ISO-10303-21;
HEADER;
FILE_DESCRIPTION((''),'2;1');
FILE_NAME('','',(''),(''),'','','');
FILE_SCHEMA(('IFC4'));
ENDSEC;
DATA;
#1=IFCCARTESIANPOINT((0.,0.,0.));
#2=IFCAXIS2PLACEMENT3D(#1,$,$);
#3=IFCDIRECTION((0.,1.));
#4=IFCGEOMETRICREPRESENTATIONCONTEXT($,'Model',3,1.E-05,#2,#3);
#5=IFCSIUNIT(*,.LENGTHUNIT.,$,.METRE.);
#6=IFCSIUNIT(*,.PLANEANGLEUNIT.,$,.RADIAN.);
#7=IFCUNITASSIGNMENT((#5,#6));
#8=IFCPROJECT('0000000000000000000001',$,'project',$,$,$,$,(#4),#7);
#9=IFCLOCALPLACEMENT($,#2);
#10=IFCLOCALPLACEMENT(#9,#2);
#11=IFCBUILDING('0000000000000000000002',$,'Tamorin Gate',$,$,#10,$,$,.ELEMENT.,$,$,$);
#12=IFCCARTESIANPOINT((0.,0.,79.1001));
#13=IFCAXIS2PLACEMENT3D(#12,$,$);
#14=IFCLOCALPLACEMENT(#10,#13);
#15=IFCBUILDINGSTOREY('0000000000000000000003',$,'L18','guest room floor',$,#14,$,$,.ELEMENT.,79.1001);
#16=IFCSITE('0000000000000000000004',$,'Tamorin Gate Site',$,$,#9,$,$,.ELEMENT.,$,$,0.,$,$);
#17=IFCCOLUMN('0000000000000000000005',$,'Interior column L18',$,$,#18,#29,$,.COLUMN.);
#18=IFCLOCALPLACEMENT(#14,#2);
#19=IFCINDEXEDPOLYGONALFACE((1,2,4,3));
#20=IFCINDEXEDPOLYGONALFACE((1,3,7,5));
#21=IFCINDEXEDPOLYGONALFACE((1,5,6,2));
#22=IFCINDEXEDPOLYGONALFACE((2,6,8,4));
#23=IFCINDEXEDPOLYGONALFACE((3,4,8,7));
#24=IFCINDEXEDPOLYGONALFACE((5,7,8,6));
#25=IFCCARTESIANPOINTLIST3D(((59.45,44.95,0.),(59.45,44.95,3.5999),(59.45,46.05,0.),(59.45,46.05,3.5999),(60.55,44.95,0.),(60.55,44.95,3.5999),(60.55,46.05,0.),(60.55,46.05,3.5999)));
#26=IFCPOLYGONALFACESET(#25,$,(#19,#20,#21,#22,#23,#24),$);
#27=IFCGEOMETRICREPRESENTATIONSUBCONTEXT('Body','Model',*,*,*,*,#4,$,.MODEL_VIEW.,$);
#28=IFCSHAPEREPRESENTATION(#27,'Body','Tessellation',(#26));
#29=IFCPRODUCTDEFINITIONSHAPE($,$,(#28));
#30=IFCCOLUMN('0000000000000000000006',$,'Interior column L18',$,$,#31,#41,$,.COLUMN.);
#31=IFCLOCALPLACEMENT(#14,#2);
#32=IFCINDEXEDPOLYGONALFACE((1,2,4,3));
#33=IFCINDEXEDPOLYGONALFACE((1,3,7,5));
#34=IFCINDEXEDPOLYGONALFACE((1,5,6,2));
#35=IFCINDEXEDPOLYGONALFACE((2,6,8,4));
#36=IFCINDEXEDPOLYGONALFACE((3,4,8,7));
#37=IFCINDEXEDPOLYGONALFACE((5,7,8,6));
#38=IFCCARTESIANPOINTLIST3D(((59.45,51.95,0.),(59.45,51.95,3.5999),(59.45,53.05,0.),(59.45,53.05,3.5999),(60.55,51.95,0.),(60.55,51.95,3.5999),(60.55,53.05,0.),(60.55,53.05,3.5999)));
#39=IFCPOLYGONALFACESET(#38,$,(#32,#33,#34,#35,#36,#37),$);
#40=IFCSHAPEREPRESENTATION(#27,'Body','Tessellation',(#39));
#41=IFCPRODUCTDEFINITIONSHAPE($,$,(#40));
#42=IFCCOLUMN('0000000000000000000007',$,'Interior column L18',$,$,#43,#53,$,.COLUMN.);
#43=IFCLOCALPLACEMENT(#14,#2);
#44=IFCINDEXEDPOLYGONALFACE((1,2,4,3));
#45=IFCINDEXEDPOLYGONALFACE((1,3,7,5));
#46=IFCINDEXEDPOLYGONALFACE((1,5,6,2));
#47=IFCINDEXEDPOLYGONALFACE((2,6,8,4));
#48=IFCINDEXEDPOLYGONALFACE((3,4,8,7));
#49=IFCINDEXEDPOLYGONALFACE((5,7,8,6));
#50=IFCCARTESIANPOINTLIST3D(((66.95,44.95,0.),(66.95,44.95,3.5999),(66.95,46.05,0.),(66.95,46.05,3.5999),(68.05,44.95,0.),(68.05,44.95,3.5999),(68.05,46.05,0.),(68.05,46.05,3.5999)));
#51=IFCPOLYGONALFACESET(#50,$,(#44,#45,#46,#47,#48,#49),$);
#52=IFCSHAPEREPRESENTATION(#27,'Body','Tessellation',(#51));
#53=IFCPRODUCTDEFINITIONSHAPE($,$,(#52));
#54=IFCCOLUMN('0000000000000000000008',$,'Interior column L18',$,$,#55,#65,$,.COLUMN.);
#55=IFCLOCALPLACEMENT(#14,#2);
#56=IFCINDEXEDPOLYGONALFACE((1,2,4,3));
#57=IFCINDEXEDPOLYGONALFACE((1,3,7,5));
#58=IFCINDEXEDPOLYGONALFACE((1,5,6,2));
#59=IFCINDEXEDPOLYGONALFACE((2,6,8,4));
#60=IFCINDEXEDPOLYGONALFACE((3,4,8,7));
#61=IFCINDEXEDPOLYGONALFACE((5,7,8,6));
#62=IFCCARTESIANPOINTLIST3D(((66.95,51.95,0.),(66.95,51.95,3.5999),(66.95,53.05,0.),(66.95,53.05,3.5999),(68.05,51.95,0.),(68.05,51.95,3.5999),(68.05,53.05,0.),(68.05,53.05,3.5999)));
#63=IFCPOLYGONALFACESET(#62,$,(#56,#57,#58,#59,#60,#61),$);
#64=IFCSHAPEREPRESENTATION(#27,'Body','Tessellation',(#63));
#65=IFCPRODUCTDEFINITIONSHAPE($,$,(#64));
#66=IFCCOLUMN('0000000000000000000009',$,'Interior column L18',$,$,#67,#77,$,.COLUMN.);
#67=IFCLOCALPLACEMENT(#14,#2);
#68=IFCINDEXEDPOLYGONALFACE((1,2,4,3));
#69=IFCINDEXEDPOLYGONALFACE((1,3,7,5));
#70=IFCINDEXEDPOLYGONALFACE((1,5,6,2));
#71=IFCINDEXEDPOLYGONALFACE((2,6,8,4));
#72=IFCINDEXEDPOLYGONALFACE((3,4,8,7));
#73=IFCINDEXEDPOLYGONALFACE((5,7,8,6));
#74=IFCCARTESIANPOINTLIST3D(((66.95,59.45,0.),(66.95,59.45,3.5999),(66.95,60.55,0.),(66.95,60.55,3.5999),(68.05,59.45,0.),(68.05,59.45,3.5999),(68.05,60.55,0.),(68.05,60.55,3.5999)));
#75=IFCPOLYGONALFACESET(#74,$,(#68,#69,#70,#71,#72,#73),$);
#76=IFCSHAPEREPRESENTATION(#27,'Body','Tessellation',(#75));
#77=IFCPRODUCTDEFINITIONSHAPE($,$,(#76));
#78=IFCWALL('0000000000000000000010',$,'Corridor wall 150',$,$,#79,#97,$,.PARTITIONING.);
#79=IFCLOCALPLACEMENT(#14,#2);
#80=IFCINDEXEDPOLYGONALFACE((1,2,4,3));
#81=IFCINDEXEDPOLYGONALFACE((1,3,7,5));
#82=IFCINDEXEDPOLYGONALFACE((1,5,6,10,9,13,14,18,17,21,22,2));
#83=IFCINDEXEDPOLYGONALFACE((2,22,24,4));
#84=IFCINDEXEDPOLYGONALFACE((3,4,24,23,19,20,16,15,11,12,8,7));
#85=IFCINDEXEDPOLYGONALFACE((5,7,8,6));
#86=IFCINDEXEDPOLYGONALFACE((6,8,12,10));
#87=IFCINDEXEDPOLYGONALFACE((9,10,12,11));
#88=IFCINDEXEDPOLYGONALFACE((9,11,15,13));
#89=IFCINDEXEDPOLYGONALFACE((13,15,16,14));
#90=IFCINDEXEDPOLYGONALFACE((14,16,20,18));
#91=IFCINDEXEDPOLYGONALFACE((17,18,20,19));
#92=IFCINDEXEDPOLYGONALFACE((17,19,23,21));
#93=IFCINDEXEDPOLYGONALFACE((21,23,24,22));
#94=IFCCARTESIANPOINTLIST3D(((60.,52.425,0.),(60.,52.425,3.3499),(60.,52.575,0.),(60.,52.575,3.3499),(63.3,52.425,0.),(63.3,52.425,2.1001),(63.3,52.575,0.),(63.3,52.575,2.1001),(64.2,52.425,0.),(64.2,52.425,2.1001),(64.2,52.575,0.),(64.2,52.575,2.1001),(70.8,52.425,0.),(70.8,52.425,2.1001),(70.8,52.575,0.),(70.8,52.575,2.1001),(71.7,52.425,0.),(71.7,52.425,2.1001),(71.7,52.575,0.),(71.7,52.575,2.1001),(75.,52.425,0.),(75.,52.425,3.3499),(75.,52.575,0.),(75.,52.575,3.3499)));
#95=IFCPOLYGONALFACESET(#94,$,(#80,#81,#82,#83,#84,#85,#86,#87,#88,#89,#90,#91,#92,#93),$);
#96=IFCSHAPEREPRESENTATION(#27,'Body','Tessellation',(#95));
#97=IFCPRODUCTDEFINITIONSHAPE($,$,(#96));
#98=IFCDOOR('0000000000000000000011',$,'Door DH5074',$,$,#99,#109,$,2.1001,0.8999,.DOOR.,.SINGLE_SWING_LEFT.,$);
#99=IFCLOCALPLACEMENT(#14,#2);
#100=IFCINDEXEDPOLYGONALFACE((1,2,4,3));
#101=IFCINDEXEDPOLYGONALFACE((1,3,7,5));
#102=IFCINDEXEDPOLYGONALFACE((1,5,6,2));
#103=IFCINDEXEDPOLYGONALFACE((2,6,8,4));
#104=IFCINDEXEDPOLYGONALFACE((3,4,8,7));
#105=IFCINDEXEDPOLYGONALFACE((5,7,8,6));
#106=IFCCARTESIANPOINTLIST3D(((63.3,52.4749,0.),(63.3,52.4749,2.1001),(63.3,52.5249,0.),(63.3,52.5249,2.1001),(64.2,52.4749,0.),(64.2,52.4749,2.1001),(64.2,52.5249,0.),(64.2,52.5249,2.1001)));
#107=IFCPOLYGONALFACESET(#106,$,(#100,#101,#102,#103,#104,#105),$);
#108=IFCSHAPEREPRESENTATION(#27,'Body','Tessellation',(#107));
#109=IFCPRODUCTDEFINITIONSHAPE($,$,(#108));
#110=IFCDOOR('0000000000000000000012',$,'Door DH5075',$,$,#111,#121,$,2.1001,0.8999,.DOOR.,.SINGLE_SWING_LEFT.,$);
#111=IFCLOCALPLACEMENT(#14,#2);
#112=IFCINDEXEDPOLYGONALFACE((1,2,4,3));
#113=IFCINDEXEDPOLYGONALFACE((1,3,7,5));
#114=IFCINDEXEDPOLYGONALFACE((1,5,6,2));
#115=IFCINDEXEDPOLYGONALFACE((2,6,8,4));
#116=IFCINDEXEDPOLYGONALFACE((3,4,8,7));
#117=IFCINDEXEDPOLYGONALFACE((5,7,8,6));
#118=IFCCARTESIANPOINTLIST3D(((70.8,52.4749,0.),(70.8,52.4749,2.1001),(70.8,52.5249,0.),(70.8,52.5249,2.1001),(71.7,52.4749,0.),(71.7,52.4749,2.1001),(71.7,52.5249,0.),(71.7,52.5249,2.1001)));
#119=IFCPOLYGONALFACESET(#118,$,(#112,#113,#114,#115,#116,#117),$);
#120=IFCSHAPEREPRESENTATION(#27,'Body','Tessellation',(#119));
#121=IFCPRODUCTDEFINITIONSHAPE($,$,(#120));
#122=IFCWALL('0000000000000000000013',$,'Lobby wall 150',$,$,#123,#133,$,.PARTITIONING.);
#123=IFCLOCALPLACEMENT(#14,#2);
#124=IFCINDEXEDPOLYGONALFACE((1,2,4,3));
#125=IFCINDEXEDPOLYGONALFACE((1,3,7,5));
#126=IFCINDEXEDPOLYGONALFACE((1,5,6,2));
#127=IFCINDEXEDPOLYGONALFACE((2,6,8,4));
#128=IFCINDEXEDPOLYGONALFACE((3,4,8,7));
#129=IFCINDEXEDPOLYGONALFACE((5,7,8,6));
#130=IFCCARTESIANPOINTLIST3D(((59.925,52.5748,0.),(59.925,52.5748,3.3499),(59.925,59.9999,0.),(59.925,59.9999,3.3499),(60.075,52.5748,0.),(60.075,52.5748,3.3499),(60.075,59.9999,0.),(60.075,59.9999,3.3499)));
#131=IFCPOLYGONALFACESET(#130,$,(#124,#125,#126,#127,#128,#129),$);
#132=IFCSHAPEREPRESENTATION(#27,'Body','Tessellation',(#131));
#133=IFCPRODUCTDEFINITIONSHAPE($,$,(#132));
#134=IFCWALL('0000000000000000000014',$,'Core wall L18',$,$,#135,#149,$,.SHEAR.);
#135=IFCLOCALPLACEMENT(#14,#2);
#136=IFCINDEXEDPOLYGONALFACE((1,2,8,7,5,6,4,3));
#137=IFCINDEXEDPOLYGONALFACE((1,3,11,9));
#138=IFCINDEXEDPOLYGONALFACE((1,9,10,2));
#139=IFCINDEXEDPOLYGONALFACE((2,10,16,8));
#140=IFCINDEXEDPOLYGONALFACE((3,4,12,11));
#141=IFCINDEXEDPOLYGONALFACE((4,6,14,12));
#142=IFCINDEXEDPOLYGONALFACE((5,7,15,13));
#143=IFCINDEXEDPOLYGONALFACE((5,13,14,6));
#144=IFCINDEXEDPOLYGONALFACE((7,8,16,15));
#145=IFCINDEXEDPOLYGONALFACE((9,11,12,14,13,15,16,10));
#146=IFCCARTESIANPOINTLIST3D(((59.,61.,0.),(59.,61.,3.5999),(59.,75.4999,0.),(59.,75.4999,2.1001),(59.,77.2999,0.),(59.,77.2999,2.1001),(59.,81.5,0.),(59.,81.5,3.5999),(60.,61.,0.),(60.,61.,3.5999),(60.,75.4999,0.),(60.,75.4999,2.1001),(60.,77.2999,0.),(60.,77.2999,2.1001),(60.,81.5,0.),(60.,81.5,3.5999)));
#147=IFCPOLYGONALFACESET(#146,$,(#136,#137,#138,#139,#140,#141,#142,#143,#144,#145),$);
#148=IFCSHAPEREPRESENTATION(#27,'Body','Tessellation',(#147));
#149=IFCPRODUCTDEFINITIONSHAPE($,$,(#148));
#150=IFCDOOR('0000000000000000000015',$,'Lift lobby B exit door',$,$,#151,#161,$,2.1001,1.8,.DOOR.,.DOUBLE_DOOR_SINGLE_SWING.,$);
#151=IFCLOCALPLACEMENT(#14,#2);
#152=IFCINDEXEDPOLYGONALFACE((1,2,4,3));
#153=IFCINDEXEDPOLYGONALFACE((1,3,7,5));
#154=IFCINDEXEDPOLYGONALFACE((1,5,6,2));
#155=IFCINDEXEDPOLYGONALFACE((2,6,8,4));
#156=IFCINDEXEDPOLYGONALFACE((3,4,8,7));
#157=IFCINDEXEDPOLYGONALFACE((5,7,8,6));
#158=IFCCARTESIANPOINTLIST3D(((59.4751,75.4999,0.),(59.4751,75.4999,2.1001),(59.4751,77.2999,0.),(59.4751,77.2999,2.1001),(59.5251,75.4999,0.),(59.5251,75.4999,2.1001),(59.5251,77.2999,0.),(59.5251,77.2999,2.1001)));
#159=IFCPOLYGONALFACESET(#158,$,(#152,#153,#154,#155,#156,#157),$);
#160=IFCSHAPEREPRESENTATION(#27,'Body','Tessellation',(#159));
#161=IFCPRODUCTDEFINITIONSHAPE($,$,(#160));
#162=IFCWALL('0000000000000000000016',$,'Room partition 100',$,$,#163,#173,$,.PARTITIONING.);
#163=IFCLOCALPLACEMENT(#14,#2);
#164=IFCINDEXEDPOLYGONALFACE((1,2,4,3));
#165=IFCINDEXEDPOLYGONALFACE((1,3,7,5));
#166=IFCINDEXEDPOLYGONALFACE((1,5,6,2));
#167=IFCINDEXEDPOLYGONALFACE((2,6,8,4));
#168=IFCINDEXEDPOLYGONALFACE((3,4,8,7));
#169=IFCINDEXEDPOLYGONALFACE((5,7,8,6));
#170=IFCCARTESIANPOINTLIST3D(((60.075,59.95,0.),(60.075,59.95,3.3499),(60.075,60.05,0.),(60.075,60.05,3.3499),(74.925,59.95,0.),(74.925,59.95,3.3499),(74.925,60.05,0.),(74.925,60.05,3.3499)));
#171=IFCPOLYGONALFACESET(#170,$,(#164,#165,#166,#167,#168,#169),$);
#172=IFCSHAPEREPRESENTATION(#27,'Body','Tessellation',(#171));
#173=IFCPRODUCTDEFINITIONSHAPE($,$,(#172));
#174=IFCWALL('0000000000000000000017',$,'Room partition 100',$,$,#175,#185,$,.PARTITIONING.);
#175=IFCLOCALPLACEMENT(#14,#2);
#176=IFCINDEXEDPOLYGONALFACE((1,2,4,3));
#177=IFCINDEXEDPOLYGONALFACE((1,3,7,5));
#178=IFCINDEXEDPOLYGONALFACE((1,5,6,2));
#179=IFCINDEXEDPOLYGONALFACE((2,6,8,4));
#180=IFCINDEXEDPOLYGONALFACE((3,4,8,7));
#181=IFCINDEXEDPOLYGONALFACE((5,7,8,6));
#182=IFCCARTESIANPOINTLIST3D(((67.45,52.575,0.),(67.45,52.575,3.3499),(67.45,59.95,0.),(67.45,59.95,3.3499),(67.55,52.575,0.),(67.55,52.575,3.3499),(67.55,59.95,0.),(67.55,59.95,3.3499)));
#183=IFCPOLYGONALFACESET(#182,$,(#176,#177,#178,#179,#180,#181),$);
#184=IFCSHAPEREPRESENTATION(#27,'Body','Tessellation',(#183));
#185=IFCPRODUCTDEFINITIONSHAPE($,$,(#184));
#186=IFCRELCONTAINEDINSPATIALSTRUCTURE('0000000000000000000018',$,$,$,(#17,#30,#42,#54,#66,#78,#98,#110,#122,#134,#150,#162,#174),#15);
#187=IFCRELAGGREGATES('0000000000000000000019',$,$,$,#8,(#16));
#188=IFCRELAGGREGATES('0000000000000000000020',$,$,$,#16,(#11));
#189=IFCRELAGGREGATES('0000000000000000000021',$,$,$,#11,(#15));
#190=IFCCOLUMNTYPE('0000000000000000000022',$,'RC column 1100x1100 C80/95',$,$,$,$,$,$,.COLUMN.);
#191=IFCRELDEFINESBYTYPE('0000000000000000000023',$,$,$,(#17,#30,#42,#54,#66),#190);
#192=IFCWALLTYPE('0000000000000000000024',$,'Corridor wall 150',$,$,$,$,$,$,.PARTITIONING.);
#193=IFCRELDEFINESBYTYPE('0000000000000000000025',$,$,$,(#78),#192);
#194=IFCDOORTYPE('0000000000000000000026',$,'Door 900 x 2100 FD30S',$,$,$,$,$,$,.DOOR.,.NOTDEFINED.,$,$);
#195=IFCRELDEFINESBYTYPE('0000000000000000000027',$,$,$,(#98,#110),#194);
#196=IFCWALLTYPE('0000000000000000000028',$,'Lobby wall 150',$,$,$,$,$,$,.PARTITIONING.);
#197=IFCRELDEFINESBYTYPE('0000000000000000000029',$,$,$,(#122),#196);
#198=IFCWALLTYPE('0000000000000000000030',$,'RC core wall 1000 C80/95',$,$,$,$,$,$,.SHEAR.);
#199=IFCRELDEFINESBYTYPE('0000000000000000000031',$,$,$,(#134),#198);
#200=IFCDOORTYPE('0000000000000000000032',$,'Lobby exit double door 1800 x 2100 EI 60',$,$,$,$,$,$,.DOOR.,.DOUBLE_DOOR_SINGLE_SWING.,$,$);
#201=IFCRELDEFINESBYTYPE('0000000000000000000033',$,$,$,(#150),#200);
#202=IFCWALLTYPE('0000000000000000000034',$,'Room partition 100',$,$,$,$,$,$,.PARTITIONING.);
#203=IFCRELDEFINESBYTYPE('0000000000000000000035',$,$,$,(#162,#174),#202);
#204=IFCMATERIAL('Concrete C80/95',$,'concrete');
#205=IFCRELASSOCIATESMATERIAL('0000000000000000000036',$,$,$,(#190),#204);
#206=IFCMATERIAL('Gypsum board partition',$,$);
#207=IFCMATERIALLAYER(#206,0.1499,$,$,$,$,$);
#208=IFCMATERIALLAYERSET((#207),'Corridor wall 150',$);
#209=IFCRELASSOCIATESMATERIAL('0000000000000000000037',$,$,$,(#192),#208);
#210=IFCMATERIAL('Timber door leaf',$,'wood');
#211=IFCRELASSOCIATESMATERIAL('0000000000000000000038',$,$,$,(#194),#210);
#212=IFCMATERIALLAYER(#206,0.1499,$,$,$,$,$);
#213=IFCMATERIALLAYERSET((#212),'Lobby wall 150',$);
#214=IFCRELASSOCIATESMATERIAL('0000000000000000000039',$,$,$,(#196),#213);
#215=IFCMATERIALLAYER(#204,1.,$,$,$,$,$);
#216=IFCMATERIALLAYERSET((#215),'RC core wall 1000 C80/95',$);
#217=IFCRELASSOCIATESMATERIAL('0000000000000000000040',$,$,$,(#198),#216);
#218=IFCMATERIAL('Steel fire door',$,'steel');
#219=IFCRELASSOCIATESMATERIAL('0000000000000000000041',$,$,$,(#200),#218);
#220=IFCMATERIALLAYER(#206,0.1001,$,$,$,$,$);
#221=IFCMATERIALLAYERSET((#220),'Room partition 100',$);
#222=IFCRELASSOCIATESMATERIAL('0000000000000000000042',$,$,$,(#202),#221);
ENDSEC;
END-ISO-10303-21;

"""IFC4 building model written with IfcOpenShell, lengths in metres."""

from ifc_helpers import new_model, si_unit, direction, frame, frame_2d, origin, origin_2d, place, context, subcontext, project, spatial, rectangle, extrude, material, layer, layer_set, material_profile, profile_set, type_object, element, fill, save


model = new_model("IFC4")

# Units and contexts
model_context = context("Model", 3, precision=1e-05, world=origin(), true_north=direction((0.0, 1.0)))
body_context = subcontext(model_context, "Body", "Model", "MODEL_VIEW")
ifc_project = project(units=[si_unit("LENGTHUNIT", "METRE"), si_unit("PLANEANGLEUNIT", "RADIAN")], contexts=[model_context])

# Site, building, storey
site_placement = place(None, origin())
site = spatial("IfcSite", under=ifc_project, at=site_placement, Name="Tamorin Gate Site", CompositionType="ELEMENT", RefElevation=0.0)
building_placement = place(site_placement, origin())
building = spatial("IfcBuilding", under=site, at=building_placement, Name="Tamorin Gate", CompositionType="ELEMENT")
storey_placement = place(building_placement, frame((0.0, 0.0, 79.1001)))
storey = spatial("IfcBuildingStorey", under=building, at=storey_placement, Name="L18", Description="guest room floor", CompositionType="ELEMENT", Elevation=79.1001)

# Columns
ifc_material_1 = material(Name="Concrete C80/95", Category="concrete")
ifc_material_profile = material_profile(ifc_material_1, rectangle(XDim=1.1001, YDim=1.1001, at=origin_2d()), Name="RC 1100x1100")
ifc_profile_set = profile_set([ifc_material_profile], Name="Concrete C80/95")
column_type = type_object("IfcColumnType", Name="RC column 1100x1100 C80/95", PredefinedType="COLUMN", material=ifc_profile_set)
for number, where, z_axis, x_axis, name in (
    (1, (60.0, 45.5, 0.0), (0.0, 0.0, 1.0), (1.0, 0.0, 0.0), "Interior column L18"),
    (2, (60.0, 52.5, 0.0), (0.0, 0.0, 1.0), (1.0, 0.0, 0.0), "Interior column L18"),
    (3, (67.5, 45.5, 0.0), (0.0, 0.0, 1.0), (1.0, 0.0, 0.0), "Interior column L18"),
    (4, (67.5, 52.5, 0.0), (0.0, 0.0, 1.0), (1.0, 0.0, 0.0), "Interior column L18"),
    (5, (67.5, 60.0, 0.0), (0.0, 0.0, 1.0), (1.0, 0.0, 0.0), "Interior column L18"),
):
    element("IfcColumn", number, at=place(storey_placement, frame(where, z_axis=z_axis, x_axis=x_axis)), inside=storey, type_object=column_type, Name=name, PredefinedType="COLUMN", context=body_context, shape_type="SweptSolid", body=[
        extrude(rectangle(XDim=1.1001, YDim=1.1001, at=origin_2d()), origin(), (0.0, 0.0, 1.0), 3.5999),
    ])

# Wall, openings, doors
ifc_material_2 = material(Name="Gypsum board partition")
ifc_layer_1 = layer(ifc_material_2, 0.1499)
ifc_layer_set_1 = layer_set([ifc_layer_1], Name="Corridor wall 150")
wall_type_1 = type_object("IfcWallType", Name="Corridor wall 150", PredefinedType="PARTITIONING", material=ifc_layer_set_1)
wall_1_placement = place(storey_placement, frame((60.0, 52.5, 0.0), z_axis=(0.0, 0.0, 1.0), x_axis=(1.0, 0.0, 0.0)))
wall_1 = element("IfcWall", 6, at=wall_1_placement, inside=storey, type_object=wall_type_1, Name="Corridor wall 150", PredefinedType="PARTITIONING", context=body_context, shape_type="SweptSolid", body=[
    extrude(rectangle(XDim=15.0, YDim=0.1499, at=frame_2d((7.5, 0.0))), origin(), (0.0, 0.0, 1.0), 3.3499),
])
opening_1_placement = place(wall_1_placement, frame((3.3, 0.0, 0.0)))
opening_1 = element("IfcOpeningElement", 7, at=opening_1_placement, cuts=wall_1, PredefinedType="OPENING", context=body_context, shape_type="SweptSolid", body=[
    extrude(rectangle(XDim=0.8999, YDim=2.1001, at=frame_2d((0.45, 1.05))), frame((0.0, 0.085, 0.0), z_axis=(0.0, -1.0, 0.0), x_axis=(1.0, 0.0, 0.0)), (0.0, 0.0, 1.0), 0.1699),
])
opening_2_placement = place(wall_1_placement, frame((10.8, 0.0, 0.0)))
opening_2 = element("IfcOpeningElement", 8, at=opening_2_placement, cuts=wall_1, PredefinedType="OPENING", context=body_context, shape_type="SweptSolid", body=[
    extrude(rectangle(XDim=0.8999, YDim=2.1001, at=frame_2d((0.45, 1.05))), frame((0.0, 0.085, 0.0), z_axis=(0.0, -1.0, 0.0), x_axis=(1.0, 0.0, 0.0)), (0.0, 0.0, 1.0), 0.1699),
])
ifc_material_3 = material(Name="Timber door leaf", Category="wood")
door_type_1 = type_object("IfcDoorType", Name="Door 900 x 2100 FD30S", OperationType="NOTDEFINED", PredefinedType="DOOR", material=ifc_material_3)
door_1_placement = place(opening_1_placement, origin())
door_1 = element("IfcDoor", 9, at=door_1_placement, inside=storey, type_object=door_type_1, Name="Door DH5074", OperationType="SINGLE_SWING_LEFT", OverallHeight=2.1001, OverallWidth=0.8999, PredefinedType="DOOR", context=body_context, shape_type="SweptSolid", body=[
    extrude(rectangle(XDim=0.8999, YDim=2.1001, at=frame_2d((0.45, 1.05))), frame((0.0, 0.0249, 0.0), z_axis=(0.0, -1.0, 0.0), x_axis=(1.0, 0.0, 0.0)), (0.0, 0.0, 1.0), 0.05),
])
fill(opening_1, door_1)
door_2_placement = place(opening_2_placement, origin())
door_2 = element("IfcDoor", 10, at=door_2_placement, inside=storey, type_object=door_type_1, Name="Door DH5075", OperationType="SINGLE_SWING_LEFT", OverallHeight=2.1001, OverallWidth=0.8999, PredefinedType="DOOR", context=body_context, shape_type="SweptSolid", body=[
    extrude(rectangle(XDim=0.8999, YDim=2.1001, at=frame_2d((0.45, 1.05))), frame((0.0, 0.0249, 0.0), z_axis=(0.0, -1.0, 0.0), x_axis=(1.0, 0.0, 0.0)), (0.0, 0.0, 1.0), 0.05),
])
fill(opening_2, door_2)

# Wall
ifc_layer_2 = layer(ifc_material_2, 0.1499)
ifc_layer_set_2 = layer_set([ifc_layer_2], Name="Lobby wall 150")
wall_type_2 = type_object("IfcWallType", Name="Lobby wall 150", PredefinedType="PARTITIONING", material=ifc_layer_set_2)
wall_2_placement = place(storey_placement, frame((60.0, 52.575, 0.0), z_axis=(0.0, 0.0, 1.0), x_axis=(0.0, 1.0, 0.0)))
element("IfcWall", 11, at=wall_2_placement, inside=storey, type_object=wall_type_2, Name="Lobby wall 150", PredefinedType="PARTITIONING", context=body_context, shape_type="SweptSolid", body=[
    extrude(rectangle(XDim=7.425, YDim=0.1499, at=frame_2d((3.7124, 0.0))), origin(), (0.0, 0.0, 1.0), 3.3499),
])

# Wall, opening, door
ifc_layer_3 = layer(ifc_material_1, 1.0)
ifc_layer_set_3 = layer_set([ifc_layer_3], Name="RC core wall 1000 C80/95")
wall_type_3 = type_object("IfcWallType", Name="RC core wall 1000 C80/95", PredefinedType="SHEAR", material=ifc_layer_set_3)
wall_3_placement = place(storey_placement, frame((59.5, 61.0, 0.0), z_axis=(0.0, 0.0, 1.0), x_axis=(0.0, 1.0, 0.0)))
wall_3 = element("IfcWall", 12, at=wall_3_placement, inside=storey, type_object=wall_type_3, Name="Core wall L18", PredefinedType="SHEAR", context=body_context, shape_type="SweptSolid", body=[
    extrude(rectangle(XDim=20.5, YDim=1.0, at=frame_2d((10.25, 0.0))), origin(), (0.0, 0.0, 1.0), 3.5999),
])
opening_3_placement = place(wall_3_placement, frame((14.5, 0.0, 0.0)))
opening_3 = element("IfcOpeningElement", 13, at=opening_3_placement, cuts=wall_3, PredefinedType="OPENING", context=body_context, shape_type="SweptSolid", body=[
    extrude(rectangle(XDim=1.8, YDim=2.1001, at=frame_2d((0.8999, 1.05))), frame((0.0, 0.51, 0.0), z_axis=(0.0, -1.0, 0.0), x_axis=(1.0, 0.0, 0.0)), (0.0, 0.0, 1.0), 1.02),
])
ifc_material_4 = material(Name="Steel fire door", Category="steel")
door_type_2 = type_object("IfcDoorType", Name="Lobby exit double door 1800 x 2100 EI 60", OperationType="DOUBLE_DOOR_SINGLE_SWING", PredefinedType="DOOR", material=ifc_material_4)
door_3_placement = place(opening_3_placement, origin())
door_3 = element("IfcDoor", 14, at=door_3_placement, inside=storey, type_object=door_type_2, Name="Lift lobby B exit door", OperationType="DOUBLE_DOOR_SINGLE_SWING", OverallHeight=2.1001, OverallWidth=1.8, PredefinedType="DOOR", context=body_context, shape_type="SweptSolid", body=[
    extrude(rectangle(XDim=1.8, YDim=2.1001, at=frame_2d((0.8999, 1.05))), frame((0.0, 0.0249, 0.0), z_axis=(0.0, -1.0, 0.0), x_axis=(1.0, 0.0, 0.0)), (0.0, 0.0, 1.0), 0.05),
])
fill(opening_3, door_3)

# Walls
ifc_layer_4 = layer(ifc_material_2, 0.1001)
ifc_layer_set_4 = layer_set([ifc_layer_4], Name="Room partition 100")
wall_type_4 = type_object("IfcWallType", Name="Room partition 100", PredefinedType="PARTITIONING", material=ifc_layer_set_4)
wall_4_placement = place(storey_placement, frame((60.075, 60.0, 0.0), z_axis=(0.0, 0.0, 1.0), x_axis=(1.0, 0.0, 0.0)))
element("IfcWall", 15, at=wall_4_placement, inside=storey, type_object=wall_type_4, Name="Room partition 100", PredefinedType="PARTITIONING", context=body_context, shape_type="SweptSolid", body=[
    extrude(rectangle(XDim=14.8501, YDim=0.1001, at=frame_2d((7.425, 0.0))), origin(), (0.0, 0.0, 1.0), 3.3499),
])
wall_5_placement = place(storey_placement, frame((67.5, 52.575, 0.0), z_axis=(0.0, 0.0, 1.0), x_axis=(0.0, 1.0, 0.0)))
element("IfcWall", 16, at=wall_5_placement, inside=storey, type_object=wall_type_4, Name="Room partition 100", PredefinedType="PARTITIONING", context=body_context, shape_type="SweptSolid", body=[
    extrude(rectangle(XDim=7.375, YDim=0.1001, at=frame_2d((3.6875, 0.0))), origin(), (0.0, 0.0, 1.0), 3.3499),
])

save(model, "model.ifc")
